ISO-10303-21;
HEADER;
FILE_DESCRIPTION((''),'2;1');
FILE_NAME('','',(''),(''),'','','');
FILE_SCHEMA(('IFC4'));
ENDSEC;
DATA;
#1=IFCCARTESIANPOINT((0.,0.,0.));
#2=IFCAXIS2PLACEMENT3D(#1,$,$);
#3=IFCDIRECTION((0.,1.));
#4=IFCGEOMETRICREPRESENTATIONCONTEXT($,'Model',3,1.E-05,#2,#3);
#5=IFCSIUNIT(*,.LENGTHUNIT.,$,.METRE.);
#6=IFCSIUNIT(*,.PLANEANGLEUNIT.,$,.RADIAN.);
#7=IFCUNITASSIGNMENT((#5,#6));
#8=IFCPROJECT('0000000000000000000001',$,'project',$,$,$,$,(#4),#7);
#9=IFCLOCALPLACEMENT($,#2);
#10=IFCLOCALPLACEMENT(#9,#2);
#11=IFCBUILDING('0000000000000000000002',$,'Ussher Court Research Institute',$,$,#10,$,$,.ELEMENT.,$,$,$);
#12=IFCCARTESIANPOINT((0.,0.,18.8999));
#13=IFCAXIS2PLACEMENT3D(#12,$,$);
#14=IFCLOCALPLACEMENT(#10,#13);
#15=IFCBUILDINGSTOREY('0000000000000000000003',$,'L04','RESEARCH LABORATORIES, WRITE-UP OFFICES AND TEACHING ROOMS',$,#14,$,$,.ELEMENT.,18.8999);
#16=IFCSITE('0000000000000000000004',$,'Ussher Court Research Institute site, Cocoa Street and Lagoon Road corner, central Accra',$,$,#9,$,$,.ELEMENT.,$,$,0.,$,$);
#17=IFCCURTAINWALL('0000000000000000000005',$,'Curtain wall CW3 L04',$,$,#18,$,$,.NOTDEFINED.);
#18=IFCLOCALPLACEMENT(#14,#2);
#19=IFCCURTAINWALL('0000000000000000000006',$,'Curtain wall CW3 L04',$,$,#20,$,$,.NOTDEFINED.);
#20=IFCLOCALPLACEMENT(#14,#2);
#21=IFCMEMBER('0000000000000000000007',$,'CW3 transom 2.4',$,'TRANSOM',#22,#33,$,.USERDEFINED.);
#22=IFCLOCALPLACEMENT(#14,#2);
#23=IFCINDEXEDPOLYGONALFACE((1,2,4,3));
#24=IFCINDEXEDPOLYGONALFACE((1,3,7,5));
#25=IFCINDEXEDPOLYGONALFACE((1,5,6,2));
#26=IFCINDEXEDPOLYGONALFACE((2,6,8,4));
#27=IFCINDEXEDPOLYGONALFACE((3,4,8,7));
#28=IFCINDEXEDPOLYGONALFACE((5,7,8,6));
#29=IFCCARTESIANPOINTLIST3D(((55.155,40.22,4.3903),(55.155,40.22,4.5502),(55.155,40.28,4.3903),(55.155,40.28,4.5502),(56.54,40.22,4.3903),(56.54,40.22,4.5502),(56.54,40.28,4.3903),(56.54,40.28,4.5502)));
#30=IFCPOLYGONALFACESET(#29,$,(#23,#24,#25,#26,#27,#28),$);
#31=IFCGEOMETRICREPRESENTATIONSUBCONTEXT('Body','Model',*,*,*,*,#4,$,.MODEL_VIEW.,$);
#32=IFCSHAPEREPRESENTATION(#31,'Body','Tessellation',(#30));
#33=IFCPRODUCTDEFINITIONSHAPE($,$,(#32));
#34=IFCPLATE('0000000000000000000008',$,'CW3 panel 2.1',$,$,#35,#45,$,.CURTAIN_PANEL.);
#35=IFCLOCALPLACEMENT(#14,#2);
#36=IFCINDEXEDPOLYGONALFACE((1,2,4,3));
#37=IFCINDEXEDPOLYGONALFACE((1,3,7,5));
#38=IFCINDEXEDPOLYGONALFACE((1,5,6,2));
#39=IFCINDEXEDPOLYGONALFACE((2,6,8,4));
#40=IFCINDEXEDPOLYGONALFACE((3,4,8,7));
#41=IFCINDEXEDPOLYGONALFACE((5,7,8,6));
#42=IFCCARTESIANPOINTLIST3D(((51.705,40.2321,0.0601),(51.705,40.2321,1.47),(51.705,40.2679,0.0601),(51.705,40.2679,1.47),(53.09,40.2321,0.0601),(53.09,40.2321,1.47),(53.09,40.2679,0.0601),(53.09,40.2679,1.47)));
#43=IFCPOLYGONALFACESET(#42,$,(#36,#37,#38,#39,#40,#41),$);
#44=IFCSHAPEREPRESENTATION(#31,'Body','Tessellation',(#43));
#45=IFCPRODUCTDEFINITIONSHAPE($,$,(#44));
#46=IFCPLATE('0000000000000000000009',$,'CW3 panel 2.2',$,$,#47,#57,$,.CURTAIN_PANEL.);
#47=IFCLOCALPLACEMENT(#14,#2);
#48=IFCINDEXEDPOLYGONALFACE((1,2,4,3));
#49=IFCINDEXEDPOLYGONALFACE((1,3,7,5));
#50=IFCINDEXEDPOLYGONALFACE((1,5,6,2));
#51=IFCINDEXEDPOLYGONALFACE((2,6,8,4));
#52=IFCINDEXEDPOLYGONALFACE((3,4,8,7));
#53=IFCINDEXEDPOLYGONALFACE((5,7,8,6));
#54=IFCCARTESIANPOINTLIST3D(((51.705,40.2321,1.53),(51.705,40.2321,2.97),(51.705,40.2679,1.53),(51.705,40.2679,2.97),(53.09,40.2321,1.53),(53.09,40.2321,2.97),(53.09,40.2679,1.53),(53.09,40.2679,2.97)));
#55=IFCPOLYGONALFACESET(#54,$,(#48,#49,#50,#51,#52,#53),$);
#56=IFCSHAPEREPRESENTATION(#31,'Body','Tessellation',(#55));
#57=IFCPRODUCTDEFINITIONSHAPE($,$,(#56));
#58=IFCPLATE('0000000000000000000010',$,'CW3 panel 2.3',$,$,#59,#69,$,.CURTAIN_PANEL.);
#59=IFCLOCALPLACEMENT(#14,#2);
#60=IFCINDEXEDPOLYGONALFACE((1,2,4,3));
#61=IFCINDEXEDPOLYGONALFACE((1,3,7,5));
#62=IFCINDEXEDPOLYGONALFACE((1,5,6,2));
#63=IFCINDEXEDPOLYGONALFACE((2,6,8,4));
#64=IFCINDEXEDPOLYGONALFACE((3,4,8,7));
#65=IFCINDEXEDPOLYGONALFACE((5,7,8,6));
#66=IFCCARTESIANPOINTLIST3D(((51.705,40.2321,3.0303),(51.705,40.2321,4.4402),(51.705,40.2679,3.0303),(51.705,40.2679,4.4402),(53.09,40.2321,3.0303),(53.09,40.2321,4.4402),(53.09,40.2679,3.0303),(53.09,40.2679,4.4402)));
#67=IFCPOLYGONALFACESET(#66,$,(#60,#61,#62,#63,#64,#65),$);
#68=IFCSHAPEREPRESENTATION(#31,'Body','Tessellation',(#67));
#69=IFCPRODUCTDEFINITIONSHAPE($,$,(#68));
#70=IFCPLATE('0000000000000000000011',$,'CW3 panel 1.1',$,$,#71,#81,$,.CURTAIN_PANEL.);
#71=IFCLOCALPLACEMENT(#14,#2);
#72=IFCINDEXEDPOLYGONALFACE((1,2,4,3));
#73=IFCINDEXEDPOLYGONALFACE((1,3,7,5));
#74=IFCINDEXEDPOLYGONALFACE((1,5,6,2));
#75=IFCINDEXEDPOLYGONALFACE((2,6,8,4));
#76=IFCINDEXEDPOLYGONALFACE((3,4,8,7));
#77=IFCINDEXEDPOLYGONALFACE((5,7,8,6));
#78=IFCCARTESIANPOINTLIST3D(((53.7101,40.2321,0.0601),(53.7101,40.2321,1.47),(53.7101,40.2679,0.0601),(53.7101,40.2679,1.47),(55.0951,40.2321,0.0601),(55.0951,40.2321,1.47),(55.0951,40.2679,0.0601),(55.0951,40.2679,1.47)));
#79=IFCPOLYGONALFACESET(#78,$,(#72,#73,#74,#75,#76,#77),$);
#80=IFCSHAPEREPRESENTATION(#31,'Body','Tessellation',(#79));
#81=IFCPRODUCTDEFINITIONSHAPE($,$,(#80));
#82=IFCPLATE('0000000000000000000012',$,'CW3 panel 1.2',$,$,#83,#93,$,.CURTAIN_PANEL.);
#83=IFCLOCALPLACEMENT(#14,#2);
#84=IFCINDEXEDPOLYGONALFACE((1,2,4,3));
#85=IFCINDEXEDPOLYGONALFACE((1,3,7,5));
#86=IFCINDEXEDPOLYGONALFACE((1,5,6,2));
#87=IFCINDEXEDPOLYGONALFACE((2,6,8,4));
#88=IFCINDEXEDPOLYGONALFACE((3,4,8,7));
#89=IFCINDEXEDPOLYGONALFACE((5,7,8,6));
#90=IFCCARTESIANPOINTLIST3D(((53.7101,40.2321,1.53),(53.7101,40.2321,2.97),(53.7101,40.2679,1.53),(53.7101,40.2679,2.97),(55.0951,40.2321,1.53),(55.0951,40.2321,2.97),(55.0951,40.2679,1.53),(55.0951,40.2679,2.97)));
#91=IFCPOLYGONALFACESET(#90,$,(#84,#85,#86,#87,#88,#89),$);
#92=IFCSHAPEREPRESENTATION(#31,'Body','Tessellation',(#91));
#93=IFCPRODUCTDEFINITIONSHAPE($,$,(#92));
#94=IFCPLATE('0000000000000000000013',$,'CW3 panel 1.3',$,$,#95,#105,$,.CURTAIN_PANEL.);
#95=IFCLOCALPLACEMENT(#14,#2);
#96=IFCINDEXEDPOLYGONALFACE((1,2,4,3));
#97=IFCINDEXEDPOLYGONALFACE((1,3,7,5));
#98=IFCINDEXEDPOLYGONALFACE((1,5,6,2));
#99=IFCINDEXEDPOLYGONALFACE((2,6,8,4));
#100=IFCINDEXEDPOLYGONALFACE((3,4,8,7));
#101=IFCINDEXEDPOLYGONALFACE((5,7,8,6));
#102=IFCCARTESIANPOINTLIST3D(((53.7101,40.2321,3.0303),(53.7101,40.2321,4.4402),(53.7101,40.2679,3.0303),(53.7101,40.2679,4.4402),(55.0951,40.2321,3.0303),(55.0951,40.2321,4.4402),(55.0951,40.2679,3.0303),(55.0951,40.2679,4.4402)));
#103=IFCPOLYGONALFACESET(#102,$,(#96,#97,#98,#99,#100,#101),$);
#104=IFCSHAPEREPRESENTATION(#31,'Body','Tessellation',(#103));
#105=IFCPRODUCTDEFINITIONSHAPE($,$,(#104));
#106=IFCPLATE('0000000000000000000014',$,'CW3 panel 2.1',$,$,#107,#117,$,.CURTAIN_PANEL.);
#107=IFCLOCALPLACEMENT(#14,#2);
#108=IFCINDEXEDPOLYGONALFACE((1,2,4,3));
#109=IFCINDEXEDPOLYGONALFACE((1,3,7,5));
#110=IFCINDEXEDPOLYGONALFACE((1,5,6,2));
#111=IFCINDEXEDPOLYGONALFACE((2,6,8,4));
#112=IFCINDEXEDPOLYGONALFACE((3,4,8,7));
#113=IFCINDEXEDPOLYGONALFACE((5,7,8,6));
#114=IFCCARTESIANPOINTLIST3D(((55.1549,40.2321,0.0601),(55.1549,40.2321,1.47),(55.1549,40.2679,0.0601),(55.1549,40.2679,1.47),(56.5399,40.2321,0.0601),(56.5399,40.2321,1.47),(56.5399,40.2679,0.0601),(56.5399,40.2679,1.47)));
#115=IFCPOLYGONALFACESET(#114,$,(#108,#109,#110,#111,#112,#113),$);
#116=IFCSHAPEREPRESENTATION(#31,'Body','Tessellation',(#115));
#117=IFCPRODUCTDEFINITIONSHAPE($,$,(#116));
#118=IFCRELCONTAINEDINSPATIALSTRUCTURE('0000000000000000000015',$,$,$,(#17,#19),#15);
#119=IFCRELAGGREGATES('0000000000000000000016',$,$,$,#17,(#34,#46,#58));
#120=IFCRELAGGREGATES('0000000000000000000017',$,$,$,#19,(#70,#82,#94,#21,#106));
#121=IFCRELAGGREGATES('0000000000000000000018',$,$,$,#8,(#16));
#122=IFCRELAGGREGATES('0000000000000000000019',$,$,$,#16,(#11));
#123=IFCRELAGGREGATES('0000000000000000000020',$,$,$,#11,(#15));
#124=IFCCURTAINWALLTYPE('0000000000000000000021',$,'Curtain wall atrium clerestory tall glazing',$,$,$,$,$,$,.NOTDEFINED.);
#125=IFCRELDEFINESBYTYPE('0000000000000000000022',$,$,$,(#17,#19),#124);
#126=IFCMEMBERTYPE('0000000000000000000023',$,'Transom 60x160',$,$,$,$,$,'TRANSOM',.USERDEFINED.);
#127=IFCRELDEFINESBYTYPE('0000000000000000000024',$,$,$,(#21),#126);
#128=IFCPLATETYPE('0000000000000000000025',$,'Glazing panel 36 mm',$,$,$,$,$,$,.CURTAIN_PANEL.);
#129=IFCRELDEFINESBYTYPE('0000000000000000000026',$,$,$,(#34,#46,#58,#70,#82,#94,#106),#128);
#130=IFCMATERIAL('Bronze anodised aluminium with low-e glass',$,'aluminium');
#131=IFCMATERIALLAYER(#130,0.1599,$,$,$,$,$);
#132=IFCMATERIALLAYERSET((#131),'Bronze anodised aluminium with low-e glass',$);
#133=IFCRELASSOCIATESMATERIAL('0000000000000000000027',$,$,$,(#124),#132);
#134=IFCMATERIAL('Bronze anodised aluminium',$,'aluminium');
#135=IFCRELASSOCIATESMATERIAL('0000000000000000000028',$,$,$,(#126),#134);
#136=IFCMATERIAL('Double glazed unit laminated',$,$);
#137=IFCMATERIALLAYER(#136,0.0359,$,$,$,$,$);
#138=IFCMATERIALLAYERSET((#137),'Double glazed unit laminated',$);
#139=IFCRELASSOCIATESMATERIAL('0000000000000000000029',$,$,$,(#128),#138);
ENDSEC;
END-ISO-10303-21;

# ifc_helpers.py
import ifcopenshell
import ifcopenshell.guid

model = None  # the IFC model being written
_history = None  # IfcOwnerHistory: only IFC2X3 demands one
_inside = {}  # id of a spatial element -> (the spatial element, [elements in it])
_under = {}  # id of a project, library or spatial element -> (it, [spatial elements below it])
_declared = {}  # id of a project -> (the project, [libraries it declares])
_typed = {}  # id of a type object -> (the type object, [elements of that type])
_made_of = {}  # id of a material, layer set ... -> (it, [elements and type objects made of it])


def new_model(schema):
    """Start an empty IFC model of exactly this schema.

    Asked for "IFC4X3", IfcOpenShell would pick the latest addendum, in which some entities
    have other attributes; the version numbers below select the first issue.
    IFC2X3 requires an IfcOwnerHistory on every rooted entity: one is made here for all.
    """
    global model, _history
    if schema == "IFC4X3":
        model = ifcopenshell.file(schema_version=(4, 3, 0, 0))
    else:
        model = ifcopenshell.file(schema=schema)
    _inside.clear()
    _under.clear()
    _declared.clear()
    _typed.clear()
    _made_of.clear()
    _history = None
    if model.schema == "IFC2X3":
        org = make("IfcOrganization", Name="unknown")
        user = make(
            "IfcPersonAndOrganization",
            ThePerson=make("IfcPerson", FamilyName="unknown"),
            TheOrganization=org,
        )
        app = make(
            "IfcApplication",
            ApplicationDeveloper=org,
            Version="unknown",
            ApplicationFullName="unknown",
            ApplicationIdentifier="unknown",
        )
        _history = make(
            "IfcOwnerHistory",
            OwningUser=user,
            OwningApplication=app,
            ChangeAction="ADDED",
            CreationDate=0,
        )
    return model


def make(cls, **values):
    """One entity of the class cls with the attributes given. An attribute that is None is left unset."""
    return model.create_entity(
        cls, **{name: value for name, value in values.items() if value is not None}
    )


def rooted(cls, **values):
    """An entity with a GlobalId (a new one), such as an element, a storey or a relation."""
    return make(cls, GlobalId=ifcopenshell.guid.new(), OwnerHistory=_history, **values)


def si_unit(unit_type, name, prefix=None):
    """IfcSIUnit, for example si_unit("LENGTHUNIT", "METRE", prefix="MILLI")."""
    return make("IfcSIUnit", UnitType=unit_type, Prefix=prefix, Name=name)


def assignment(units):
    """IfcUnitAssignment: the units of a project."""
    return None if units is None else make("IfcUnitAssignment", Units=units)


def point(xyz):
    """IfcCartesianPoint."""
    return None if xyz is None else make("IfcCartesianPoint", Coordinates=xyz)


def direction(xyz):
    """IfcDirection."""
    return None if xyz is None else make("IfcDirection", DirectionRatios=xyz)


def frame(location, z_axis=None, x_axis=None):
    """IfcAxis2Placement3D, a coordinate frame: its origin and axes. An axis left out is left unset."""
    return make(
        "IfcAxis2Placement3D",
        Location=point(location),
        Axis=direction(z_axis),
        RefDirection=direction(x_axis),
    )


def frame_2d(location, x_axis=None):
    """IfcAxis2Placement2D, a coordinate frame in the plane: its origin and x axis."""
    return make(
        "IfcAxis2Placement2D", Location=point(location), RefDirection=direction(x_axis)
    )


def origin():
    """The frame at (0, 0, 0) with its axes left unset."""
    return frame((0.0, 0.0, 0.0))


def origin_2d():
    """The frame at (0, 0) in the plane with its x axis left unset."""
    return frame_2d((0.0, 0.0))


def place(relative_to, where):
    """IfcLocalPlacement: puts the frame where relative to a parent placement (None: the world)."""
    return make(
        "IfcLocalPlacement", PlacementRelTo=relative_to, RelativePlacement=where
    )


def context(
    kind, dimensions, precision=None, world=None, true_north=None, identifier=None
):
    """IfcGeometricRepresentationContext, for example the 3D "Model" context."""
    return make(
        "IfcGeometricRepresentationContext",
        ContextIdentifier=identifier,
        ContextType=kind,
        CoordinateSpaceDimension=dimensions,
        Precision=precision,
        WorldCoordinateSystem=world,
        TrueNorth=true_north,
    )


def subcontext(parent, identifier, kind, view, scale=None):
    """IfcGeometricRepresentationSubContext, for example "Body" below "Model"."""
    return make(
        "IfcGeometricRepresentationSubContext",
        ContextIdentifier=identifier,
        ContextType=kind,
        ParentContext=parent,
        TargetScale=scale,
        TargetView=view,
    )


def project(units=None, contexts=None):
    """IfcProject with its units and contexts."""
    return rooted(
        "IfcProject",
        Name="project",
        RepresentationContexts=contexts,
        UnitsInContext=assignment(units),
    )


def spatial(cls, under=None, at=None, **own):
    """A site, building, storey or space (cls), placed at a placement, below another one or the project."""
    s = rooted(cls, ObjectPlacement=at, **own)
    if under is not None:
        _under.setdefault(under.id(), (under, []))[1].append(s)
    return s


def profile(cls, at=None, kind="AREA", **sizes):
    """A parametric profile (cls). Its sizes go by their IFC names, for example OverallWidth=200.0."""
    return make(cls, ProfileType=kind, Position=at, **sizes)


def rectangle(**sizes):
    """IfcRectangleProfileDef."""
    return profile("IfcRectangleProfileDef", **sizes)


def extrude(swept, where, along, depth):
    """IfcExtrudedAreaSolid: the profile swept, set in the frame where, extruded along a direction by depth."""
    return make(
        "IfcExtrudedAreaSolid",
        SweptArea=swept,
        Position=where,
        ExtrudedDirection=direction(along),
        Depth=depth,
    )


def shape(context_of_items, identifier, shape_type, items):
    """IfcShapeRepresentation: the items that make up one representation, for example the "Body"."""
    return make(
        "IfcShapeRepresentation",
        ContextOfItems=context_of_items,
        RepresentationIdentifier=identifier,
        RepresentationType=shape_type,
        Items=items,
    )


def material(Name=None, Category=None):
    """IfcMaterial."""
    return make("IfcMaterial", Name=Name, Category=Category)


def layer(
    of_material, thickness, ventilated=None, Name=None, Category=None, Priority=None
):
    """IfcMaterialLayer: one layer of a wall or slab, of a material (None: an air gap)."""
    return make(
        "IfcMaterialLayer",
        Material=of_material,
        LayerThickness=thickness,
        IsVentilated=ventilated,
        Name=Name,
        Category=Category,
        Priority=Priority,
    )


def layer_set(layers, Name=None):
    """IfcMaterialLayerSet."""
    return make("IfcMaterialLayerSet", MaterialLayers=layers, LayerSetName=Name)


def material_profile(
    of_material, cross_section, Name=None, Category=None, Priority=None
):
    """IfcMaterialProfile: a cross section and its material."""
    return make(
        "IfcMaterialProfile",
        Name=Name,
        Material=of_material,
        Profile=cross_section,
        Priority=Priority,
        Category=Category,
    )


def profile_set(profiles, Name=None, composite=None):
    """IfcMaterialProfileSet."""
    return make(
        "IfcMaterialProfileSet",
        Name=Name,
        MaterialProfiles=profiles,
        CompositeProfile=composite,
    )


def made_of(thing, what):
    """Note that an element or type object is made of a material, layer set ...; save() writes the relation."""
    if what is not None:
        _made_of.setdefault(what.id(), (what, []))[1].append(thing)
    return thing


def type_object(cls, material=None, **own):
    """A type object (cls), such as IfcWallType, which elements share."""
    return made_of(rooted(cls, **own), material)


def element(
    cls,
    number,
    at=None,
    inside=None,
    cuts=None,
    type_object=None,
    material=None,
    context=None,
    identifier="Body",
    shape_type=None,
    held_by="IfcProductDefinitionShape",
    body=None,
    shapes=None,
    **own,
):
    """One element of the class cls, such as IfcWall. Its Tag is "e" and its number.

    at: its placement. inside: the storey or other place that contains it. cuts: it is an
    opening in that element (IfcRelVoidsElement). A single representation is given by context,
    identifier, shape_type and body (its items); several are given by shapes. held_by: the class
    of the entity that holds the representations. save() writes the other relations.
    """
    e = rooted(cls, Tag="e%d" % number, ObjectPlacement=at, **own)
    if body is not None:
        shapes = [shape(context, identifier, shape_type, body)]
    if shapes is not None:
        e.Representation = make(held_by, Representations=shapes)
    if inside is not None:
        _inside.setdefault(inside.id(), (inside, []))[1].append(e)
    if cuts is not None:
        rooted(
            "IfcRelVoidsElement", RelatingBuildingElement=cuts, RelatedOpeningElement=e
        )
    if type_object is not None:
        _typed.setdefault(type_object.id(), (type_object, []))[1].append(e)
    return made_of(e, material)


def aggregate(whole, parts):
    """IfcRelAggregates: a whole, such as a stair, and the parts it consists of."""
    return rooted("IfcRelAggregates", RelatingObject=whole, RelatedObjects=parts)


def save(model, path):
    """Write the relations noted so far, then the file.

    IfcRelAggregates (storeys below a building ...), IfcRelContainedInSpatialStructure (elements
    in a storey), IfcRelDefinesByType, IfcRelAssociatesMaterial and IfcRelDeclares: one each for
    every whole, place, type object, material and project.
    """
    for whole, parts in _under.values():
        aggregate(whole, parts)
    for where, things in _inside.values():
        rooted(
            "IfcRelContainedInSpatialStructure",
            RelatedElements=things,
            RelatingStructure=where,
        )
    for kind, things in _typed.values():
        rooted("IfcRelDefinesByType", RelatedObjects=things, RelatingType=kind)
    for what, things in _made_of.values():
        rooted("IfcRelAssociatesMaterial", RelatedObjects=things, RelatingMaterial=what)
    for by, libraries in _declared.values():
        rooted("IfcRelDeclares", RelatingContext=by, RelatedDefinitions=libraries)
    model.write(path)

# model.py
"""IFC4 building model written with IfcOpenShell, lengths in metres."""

from ifc_helpers import new_model, si_unit, direction, frame, origin, origin_2d, place, context, subcontext, project, spatial, rectangle, extrude, material, layer, layer_set, material_profile, profile_set, type_object, element, aggregate, save


model = new_model("IFC4")

# Units and contexts
model_context = context("Model", 3, precision=1e-05, world=origin(), true_north=direction((0.0, 1.0)))
body_context = subcontext(model_context, "Body", "Model", "MODEL_VIEW")
ifc_project = project(units=[si_unit("LENGTHUNIT", "METRE"), si_unit("PLANEANGLEUNIT", "RADIAN")], contexts=[model_context])

# Site, building, storey
site_placement = place(None, origin())
site = spatial("IfcSite", under=ifc_project, at=site_placement, Name="Ussher Court Research Institute site, Cocoa Street and Lagoon Road corner, central Accra", CompositionType="ELEMENT", RefElevation=0.0)
building_placement = place(site_placement, origin())
building = spatial("IfcBuilding", under=site, at=building_placement, Name="Ussher Court Research Institute", CompositionType="ELEMENT")
storey_placement = place(building_placement, frame((0.0, 0.0, 18.8999)))
storey = spatial("IfcBuildingStorey", under=building, at=storey_placement, Name="L04", Description="RESEARCH LABORATORIES, WRITE-UP OFFICES AND TEACHING ROOMS", CompositionType="ELEMENT", Elevation=18.8999)

# Curtain walls
ifc_material_1 = material(Name="Bronze anodised aluminium with low-e glass", Category="aluminium")
ifc_layer_1 = layer(ifc_material_1, 0.1599)
ifc_layer_set_1 = layer_set([ifc_layer_1], Name="Bronze anodised aluminium with low-e glass")
curtain_wall_type = type_object("IfcCurtainWallType", Name="Curtain wall atrium clerestory tall glazing", PredefinedType="NOTDEFINED", material=ifc_layer_set_1)
curtain_wall_1_placement = place(storey_placement, origin())
curtain_wall_1 = element("IfcCurtainWall", 1, at=curtain_wall_1_placement, inside=storey, type_object=curtain_wall_type, Name="Curtain wall CW3 L04", PredefinedType="NOTDEFINED")
curtain_wall_2_placement = place(storey_placement, origin())
curtain_wall_2 = element("IfcCurtainWall", 2, at=curtain_wall_2_placement, inside=storey, type_object=curtain_wall_type, Name="Curtain wall CW3 L04", PredefinedType="NOTDEFINED")

# Member
ifc_material_2 = material(Name="Bronze anodised aluminium", Category="aluminium")
ifc_material_profile_1 = material_profile(ifc_material_2, rectangle(XDim=0.0601, YDim=0.1599, at=origin_2d()), Name="Transom 60x160")
ifc_profile_set_1 = profile_set([ifc_material_profile_1], Name="Bronze anodised aluminium")
member_type_1 = type_object("IfcMemberType", Name="Transom 60x160", ElementType="TRANSOM", PredefinedType="USERDEFINED", material=ifc_profile_set_1)
member_1_placement = place(storey_placement, frame((55.155, 40.25, 4.4702), z_axis=(1.0, 0.0, 0.0), x_axis=(0.0, 1.0, 0.0)))
member_1 = element("IfcMember", 3, at=member_1_placement, type_object=member_type_1, Name="CW3 transom 2.4", ObjectType="TRANSOM", PredefinedType="USERDEFINED", context=body_context, shape_type="SweptSolid", body=[
    extrude(rectangle(XDim=0.0601, YDim=0.1599, at=origin_2d()), origin(), (0.0, 0.0, 1.0), 1.385),
])

# Plates
ifc_material_3 = material(Name="Double glazed unit laminated")
ifc_layer_2 = layer(ifc_material_3, 0.0359)
ifc_layer_set_2 = layer_set([ifc_layer_2], Name="Double glazed unit laminated")
plate_type = type_object("IfcPlateType", Name="Glazing panel 36 mm", PredefinedType="CURTAIN_PANEL", material=ifc_layer_set_2)
plate_1_placement = place(storey_placement, frame((52.3975, 40.25, 0.0601), z_axis=(0.0, 0.0, 1.0), x_axis=(1.0, 0.0, 0.0)))
plate_1 = element("IfcPlate", 4, at=plate_1_placement, type_object=plate_type, Name="CW3 panel 2.1", PredefinedType="CURTAIN_PANEL", context=body_context, shape_type="SweptSolid", body=[
    extrude(rectangle(XDim=1.385, YDim=0.0359, at=origin_2d()), origin(), (0.0, 0.0, 1.0), 1.4099),
])
plate_2_placement = place(storey_placement, frame((52.3975, 40.25, 1.53), z_axis=(0.0, 0.0, 1.0), x_axis=(1.0, 0.0, 0.0)))
plate_2 = element("IfcPlate", 5, at=plate_2_placement, type_object=plate_type, Name="CW3 panel 2.2", PredefinedType="CURTAIN_PANEL", context=body_context, shape_type="SweptSolid", body=[
    extrude(rectangle(XDim=1.385, YDim=0.0359, at=origin_2d()), origin(), (0.0, 0.0, 1.0), 1.4399),
])
plate_3_placement = place(storey_placement, frame((52.3975, 40.25, 3.0303), z_axis=(0.0, 0.0, 1.0), x_axis=(1.0, 0.0, 0.0)))
plate_3 = element("IfcPlate", 6, at=plate_3_placement, type_object=plate_type, Name="CW3 panel 2.3", PredefinedType="CURTAIN_PANEL", context=body_context, shape_type="SweptSolid", body=[
    extrude(rectangle(XDim=1.385, YDim=0.0359, at=origin_2d()), origin(), (0.0, 0.0, 1.0), 1.4099),
])
aggregate(curtain_wall_1, [plate_1, plate_2, plate_3])
plate_4_placement = place(storey_placement, frame((54.4026, 40.25, 0.0601), z_axis=(0.0, 0.0, 1.0), x_axis=(1.0, 0.0, 0.0)))
plate_4 = element("IfcPlate", 7, at=plate_4_placement, type_object=plate_type, Name="CW3 panel 1.1", PredefinedType="CURTAIN_PANEL", context=body_context, shape_type="SweptSolid", body=[
    extrude(rectangle(XDim=1.385, YDim=0.0359, at=origin_2d()), origin(), (0.0, 0.0, 1.0), 1.4099),
])
plate_5_placement = place(storey_placement, frame((54.4026, 40.25, 1.53), z_axis=(0.0, 0.0, 1.0), x_axis=(1.0, 0.0, 0.0)))
plate_5 = element("IfcPlate", 8, at=plate_5_placement, type_object=plate_type, Name="CW3 panel 1.2", PredefinedType="CURTAIN_PANEL", context=body_context, shape_type="SweptSolid", body=[
    extrude(rectangle(XDim=1.385, YDim=0.0359, at=origin_2d()), origin(), (0.0, 0.0, 1.0), 1.4399),
])
plate_6_placement = place(storey_placement, frame((54.4026, 40.25, 3.0303), z_axis=(0.0, 0.0, 1.0), x_axis=(1.0, 0.0, 0.0)))
plate_6 = element("IfcPlate", 9, at=plate_6_placement, type_object=plate_type, Name="CW3 panel 1.3", PredefinedType="CURTAIN_PANEL", context=body_context, shape_type="SweptSolid", body=[
    extrude(rectangle(XDim=1.385, YDim=0.0359, at=origin_2d()), origin(), (0.0, 0.0, 1.0), 1.4099),
])
plate_7_placement = place(storey_placement, frame((55.8474, 40.25, 0.0601), z_axis=(0.0, 0.0, 1.0), x_axis=(1.0, 0.0, 0.0)))
plate_7 = element("IfcPlate", 10, at=plate_7_placement, type_object=plate_type, Name="CW3 panel 2.1", PredefinedType="CURTAIN_PANEL", context=body_context, shape_type="SweptSolid", body=[
    extrude(rectangle(XDim=1.385, YDim=0.0359, at=origin_2d()), origin(), (0.0, 0.0, 1.0), 1.4099),
])
aggregate(curtain_wall_2, [plate_4, plate_5, plate_6, member_1, plate_7])

save(model, "model.ifc")
